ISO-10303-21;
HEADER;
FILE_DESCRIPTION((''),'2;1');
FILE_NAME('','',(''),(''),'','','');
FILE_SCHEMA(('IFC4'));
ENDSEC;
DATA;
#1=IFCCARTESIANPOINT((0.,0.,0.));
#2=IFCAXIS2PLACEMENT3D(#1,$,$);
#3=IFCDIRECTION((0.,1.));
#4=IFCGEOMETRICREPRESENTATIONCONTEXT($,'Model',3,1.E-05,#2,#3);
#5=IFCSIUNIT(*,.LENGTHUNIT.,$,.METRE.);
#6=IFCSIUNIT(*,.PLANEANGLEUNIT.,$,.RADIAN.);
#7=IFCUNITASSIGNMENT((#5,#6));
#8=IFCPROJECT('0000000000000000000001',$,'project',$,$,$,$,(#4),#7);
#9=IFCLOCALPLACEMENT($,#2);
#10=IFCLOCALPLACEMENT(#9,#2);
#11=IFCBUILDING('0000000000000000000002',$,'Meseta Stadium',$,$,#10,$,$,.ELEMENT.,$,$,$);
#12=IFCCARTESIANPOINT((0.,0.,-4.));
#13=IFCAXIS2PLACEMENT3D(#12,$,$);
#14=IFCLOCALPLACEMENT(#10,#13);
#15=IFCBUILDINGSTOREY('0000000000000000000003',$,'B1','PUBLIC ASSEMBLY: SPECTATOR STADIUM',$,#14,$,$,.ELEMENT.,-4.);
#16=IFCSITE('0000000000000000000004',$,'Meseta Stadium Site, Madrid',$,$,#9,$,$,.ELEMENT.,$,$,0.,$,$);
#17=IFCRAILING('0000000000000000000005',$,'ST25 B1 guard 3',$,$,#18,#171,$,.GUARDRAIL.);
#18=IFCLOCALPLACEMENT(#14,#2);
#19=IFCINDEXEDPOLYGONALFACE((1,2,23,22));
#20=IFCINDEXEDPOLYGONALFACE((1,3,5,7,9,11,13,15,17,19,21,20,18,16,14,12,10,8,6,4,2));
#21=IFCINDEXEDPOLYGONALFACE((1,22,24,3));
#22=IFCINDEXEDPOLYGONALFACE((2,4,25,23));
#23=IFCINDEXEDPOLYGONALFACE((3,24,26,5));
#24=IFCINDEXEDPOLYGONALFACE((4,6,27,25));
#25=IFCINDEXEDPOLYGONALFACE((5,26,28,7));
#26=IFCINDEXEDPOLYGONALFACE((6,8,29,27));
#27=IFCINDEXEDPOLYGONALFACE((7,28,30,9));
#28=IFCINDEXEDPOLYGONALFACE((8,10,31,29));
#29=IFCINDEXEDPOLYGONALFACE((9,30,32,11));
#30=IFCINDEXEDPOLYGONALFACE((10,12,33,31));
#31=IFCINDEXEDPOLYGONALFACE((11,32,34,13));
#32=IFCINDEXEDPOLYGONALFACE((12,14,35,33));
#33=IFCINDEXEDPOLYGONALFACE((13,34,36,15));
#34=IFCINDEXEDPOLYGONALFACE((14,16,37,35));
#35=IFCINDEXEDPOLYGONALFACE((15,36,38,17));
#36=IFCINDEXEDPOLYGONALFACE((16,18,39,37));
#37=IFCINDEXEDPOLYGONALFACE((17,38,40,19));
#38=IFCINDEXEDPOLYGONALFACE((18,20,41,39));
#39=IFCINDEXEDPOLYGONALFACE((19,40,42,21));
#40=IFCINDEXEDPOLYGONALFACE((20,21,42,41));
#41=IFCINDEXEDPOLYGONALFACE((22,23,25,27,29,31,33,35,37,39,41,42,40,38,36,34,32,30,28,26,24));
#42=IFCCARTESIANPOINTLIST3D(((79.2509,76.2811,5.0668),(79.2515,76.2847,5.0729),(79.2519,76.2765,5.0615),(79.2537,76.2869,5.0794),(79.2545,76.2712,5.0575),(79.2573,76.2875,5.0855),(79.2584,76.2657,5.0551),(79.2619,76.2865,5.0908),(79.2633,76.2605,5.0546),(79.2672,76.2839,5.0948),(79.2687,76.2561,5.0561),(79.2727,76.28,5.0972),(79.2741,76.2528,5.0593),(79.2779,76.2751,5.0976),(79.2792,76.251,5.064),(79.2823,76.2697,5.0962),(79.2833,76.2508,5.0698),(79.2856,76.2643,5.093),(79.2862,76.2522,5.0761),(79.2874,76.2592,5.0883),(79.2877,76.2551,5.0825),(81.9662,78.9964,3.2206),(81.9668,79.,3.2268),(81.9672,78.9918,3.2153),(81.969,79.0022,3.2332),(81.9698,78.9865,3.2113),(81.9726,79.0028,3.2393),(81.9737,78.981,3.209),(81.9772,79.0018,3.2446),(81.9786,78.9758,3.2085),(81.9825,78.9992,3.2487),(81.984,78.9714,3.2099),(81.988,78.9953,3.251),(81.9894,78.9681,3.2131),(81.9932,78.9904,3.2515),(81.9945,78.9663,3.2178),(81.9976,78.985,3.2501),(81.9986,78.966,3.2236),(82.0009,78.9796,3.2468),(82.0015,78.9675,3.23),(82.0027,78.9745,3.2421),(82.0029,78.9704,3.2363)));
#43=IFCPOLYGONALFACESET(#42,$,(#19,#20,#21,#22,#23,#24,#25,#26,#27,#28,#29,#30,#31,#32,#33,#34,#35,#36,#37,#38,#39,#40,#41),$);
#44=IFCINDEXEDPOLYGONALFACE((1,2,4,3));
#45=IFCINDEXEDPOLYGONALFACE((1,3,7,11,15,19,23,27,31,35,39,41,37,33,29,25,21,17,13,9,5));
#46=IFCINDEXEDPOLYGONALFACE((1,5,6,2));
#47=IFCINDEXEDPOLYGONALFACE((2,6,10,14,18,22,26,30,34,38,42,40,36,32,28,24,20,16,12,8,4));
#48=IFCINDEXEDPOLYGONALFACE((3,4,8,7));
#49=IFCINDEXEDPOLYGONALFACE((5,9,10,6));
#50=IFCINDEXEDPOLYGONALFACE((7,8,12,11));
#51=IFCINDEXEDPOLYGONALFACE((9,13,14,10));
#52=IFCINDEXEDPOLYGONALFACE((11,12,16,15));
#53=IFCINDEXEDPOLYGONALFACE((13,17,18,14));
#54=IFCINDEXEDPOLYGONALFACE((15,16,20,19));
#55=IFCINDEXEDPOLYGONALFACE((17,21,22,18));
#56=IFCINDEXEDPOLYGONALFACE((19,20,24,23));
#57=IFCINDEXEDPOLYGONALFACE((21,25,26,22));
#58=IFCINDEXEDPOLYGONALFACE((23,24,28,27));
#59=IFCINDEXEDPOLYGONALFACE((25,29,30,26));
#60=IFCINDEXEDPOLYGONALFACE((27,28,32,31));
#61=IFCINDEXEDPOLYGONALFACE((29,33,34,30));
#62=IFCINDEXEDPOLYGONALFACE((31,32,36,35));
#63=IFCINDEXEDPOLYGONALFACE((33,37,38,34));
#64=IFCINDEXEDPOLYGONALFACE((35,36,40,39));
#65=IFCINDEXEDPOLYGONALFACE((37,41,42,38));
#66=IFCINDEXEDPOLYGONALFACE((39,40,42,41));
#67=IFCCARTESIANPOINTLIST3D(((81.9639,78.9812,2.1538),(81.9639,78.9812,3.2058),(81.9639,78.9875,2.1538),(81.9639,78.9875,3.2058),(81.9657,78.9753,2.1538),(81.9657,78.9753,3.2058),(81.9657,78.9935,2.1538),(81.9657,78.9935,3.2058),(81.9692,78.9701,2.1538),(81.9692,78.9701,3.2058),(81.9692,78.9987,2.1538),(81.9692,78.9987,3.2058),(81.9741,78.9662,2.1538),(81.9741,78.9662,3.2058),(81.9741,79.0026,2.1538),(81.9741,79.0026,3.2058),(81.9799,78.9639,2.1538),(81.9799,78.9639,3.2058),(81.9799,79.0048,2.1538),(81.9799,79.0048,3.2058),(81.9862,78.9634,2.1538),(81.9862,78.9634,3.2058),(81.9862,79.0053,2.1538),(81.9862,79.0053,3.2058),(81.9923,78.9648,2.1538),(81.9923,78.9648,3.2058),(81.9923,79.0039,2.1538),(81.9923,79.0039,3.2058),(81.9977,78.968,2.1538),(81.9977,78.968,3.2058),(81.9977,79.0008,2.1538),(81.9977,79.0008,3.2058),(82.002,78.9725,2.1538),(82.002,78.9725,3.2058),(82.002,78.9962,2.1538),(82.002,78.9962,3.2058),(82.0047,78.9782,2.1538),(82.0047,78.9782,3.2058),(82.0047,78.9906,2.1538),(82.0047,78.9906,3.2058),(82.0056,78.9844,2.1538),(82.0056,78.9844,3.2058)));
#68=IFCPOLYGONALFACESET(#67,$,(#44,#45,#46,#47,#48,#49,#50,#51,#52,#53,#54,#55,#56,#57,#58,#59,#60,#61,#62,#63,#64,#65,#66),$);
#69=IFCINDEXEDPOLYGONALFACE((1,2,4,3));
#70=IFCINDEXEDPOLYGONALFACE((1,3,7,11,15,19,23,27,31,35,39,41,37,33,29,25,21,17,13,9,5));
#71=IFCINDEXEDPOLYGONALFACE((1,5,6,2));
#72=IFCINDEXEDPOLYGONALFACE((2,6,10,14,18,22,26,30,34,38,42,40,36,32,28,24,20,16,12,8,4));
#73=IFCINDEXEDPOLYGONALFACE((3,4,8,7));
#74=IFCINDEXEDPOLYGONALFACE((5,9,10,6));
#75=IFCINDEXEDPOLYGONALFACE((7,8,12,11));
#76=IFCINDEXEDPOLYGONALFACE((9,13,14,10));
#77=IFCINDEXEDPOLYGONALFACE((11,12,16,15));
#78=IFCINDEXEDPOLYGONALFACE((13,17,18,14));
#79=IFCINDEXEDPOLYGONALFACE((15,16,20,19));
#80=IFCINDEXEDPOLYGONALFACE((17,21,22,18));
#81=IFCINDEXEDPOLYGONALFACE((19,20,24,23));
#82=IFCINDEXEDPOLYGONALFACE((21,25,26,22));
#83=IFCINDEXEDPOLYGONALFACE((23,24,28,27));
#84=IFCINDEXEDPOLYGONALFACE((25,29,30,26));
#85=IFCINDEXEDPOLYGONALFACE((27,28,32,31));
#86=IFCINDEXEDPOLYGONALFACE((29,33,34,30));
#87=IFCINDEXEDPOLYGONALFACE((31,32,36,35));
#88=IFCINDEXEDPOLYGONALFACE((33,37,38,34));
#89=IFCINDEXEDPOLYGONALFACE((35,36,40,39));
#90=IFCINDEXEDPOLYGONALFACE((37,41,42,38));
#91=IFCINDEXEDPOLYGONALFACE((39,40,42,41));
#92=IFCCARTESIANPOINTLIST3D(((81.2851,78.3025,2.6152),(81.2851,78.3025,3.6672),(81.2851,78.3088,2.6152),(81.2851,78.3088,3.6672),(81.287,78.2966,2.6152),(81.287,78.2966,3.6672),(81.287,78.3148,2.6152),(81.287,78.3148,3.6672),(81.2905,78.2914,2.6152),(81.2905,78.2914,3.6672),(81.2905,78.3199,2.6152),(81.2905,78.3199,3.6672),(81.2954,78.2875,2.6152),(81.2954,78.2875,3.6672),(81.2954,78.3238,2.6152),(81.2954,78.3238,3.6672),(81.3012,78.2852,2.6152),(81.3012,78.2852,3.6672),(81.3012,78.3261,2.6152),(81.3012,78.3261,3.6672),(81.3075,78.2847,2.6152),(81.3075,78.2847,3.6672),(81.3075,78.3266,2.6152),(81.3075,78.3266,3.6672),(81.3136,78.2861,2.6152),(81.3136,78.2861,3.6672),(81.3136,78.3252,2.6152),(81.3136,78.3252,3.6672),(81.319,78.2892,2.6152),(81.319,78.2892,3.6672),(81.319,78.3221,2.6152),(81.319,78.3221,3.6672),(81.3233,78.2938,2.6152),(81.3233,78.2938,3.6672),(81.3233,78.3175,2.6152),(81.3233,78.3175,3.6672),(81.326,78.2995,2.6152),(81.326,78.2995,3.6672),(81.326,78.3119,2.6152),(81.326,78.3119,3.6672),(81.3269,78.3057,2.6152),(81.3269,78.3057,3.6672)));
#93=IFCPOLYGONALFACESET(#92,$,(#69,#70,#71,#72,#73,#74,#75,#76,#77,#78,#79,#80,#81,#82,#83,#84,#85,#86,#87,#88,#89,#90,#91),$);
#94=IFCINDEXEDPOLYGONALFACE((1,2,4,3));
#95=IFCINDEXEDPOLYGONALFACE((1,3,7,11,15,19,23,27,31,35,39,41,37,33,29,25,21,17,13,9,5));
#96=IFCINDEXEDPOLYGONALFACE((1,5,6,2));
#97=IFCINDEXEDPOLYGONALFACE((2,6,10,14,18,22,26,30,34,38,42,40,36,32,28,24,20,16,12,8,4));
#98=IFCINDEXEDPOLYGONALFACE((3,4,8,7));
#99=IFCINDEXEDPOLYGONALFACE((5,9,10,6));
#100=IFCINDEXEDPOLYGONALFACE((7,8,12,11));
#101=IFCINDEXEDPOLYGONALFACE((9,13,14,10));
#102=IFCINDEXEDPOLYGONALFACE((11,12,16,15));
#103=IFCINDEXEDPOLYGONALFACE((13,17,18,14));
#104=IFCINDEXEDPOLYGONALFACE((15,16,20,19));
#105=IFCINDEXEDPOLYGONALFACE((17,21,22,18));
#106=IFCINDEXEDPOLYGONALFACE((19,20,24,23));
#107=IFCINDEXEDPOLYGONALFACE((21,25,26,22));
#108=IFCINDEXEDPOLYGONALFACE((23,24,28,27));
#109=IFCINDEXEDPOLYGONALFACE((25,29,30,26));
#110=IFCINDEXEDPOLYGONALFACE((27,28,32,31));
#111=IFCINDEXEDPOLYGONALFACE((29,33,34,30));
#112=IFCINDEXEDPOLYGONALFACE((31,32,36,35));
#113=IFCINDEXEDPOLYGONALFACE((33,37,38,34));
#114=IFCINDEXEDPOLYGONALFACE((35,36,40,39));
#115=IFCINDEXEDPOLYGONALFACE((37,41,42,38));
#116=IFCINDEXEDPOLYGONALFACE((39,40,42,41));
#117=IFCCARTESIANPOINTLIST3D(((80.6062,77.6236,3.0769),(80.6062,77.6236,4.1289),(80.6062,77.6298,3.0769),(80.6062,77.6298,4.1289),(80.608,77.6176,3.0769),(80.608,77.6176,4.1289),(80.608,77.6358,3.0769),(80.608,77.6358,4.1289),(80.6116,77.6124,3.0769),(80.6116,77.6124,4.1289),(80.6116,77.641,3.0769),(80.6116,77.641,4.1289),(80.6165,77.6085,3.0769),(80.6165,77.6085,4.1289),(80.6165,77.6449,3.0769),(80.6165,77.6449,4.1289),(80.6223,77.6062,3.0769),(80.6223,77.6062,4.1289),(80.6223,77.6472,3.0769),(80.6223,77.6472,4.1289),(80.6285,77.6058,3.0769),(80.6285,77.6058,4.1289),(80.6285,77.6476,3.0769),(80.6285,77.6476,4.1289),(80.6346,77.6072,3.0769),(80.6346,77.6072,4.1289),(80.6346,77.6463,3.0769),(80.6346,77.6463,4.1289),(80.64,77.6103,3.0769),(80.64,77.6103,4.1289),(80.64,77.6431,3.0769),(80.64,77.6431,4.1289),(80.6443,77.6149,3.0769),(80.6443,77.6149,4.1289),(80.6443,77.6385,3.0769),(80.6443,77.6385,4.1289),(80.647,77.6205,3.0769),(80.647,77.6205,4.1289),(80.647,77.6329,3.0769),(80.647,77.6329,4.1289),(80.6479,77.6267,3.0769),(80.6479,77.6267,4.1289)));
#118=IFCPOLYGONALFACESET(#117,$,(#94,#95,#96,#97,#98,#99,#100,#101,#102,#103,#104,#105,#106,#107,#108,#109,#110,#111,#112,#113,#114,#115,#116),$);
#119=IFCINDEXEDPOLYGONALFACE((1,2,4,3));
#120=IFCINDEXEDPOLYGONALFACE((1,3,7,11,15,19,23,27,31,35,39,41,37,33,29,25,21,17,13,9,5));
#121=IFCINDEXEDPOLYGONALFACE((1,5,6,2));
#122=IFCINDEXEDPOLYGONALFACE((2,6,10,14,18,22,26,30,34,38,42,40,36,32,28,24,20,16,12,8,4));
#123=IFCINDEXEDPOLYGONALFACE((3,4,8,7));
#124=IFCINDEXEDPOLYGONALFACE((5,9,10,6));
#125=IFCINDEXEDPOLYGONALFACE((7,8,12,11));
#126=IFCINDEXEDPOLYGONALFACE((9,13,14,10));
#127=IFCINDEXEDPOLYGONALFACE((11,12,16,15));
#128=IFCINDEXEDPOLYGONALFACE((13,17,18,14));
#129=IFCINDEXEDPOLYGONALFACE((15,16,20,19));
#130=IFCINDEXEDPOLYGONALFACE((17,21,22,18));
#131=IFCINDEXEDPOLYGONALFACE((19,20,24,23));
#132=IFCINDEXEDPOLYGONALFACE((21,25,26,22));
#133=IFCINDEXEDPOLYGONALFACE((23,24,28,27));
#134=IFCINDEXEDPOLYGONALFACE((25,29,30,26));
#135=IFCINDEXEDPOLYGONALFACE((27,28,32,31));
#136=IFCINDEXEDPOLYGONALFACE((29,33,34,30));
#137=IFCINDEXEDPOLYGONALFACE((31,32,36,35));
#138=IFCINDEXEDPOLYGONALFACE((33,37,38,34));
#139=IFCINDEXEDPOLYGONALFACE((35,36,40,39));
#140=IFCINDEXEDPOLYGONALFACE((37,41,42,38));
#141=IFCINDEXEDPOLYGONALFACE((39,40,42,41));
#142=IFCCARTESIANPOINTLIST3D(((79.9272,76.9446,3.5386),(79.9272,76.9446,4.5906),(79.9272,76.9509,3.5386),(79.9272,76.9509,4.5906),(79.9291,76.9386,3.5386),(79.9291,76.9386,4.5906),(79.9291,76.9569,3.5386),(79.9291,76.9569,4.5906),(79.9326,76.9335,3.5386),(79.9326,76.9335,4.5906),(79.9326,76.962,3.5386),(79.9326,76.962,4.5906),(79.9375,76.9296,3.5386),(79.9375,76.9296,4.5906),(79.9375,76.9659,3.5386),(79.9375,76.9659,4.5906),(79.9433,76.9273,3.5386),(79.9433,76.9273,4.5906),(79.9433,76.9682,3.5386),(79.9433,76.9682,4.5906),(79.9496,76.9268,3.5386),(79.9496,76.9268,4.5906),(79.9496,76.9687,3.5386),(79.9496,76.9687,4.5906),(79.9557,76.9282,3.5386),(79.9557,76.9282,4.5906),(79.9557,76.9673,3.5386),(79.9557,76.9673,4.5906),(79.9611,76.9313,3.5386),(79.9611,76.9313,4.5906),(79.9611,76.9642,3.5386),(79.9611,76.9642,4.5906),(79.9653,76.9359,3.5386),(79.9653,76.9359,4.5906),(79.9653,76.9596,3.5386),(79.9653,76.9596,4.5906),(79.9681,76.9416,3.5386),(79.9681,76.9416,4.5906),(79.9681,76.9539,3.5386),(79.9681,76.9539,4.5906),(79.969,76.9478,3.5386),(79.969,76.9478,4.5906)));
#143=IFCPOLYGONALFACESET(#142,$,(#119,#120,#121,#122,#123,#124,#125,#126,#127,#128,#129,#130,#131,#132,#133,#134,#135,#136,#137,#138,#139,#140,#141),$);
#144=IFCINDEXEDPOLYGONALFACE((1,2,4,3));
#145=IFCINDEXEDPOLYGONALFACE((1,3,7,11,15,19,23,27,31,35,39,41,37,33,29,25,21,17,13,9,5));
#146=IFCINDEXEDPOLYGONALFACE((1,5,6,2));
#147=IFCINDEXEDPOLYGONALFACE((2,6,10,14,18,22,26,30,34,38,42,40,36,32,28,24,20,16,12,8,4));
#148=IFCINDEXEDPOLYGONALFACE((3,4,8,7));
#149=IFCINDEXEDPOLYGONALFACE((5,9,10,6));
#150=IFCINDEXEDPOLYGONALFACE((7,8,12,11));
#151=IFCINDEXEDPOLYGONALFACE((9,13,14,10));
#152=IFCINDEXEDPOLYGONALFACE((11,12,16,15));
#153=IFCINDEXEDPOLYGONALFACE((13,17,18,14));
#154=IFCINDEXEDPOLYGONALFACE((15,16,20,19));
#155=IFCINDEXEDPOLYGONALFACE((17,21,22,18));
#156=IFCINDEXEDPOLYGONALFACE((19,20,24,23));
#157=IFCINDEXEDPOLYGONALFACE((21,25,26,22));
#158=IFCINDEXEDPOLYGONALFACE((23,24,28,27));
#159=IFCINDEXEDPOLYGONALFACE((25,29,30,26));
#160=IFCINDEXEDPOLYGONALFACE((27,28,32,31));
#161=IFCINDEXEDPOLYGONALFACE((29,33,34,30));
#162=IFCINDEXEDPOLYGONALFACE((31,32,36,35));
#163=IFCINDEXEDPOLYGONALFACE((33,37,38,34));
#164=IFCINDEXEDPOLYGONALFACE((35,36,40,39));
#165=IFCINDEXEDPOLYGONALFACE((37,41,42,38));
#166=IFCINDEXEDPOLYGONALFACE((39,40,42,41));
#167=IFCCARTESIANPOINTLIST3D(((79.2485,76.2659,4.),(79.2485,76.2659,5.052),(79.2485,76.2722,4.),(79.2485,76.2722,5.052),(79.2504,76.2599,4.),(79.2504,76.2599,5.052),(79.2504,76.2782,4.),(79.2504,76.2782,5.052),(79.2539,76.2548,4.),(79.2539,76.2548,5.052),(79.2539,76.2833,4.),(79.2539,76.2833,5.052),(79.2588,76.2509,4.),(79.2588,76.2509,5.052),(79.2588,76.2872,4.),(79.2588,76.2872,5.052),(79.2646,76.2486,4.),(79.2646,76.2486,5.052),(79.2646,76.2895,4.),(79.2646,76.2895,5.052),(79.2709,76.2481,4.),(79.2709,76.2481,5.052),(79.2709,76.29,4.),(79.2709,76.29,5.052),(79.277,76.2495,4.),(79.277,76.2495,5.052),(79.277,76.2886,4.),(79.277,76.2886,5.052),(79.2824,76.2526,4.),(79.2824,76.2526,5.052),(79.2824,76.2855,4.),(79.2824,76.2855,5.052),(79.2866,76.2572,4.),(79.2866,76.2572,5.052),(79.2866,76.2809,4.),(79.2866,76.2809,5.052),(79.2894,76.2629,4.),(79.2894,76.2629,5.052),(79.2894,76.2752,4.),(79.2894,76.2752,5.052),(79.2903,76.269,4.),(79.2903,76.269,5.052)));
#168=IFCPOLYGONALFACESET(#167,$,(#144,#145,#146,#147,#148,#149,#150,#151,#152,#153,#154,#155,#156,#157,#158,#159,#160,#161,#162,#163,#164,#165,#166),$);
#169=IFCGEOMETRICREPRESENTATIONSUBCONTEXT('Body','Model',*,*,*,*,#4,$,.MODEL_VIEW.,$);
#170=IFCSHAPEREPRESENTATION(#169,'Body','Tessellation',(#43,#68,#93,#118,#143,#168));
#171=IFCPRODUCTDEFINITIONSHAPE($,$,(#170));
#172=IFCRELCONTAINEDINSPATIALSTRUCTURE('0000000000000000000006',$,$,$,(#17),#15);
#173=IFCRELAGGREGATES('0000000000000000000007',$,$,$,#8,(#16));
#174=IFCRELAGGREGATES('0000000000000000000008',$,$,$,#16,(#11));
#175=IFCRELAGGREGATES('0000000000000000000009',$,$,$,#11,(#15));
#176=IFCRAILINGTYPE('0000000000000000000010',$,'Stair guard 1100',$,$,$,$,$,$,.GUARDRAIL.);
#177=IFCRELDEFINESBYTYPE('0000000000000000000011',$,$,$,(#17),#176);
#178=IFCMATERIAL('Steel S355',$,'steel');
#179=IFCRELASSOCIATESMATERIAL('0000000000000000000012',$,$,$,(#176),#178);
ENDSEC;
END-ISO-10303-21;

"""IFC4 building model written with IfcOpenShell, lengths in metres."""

from ifc_helpers import new_model, si_unit, direction, frame, origin, origin_2d, place, context, subcontext, project, spatial, circle, extrude, material, type_object, element, save


model = new_model("IFC4")

# Units and contexts
model_context = context("Model", 3, precision=1e-05, world=origin(), true_north=direction((0.0, 1.0)))
body_context = subcontext(model_context, "Body", "Model", "MODEL_VIEW")
ifc_project = project(units=[si_unit("LENGTHUNIT", "METRE"), si_unit("PLANEANGLEUNIT", "RADIAN")], contexts=[model_context])

# Site, building, storey
site_placement = place(None, origin())
site = spatial("IfcSite", under=ifc_project, at=site_placement, Name="Meseta Stadium Site, Madrid", CompositionType="ELEMENT", RefElevation=0.0)
building_placement = place(site_placement, origin())
building = spatial("IfcBuilding", under=site, at=building_placement, Name="Meseta Stadium", CompositionType="ELEMENT")
storey_placement = place(building_placement, frame((0.0, 0.0, -4.0)))
storey = spatial("IfcBuildingStorey", under=building, at=storey_placement, Name="B1", Description="PUBLIC ASSEMBLY: SPECTATOR STADIUM", CompositionType="ELEMENT", Elevation=-4.0)

# Railing
ifc_material_1 = material(Name="Steel S355", Category="steel")
railing_type_1 = type_object("IfcRailingType", Name="Stair guard 1100", PredefinedType="GUARDRAIL", material=ifc_material_1)
railing_1_placement = place(storey_placement, frame((81.9846, 78.9844, 2.1538)))
element("IfcRailing", 1, at=railing_1_placement, inside=storey, type_object=railing_type_1, Name="ST25 B1 guard 3", PredefinedType="GUARDRAIL", context=body_context, shape_type="SweptSolid", body=[
    extrude(circle(Radius=0.0239, at=origin_2d()), frame((0.0, 0.0, 1.0762), z_axis=(-0.637281, -0.637281, 0.433296), x_axis=(0.707107, -0.707107, 0.0)), (0.0, 0.0, 1.0), 4.2607),
    extrude(circle(Radius=0.021, at=origin_2d()), origin(), (0.0, 0.0, 1.0), 1.052),
    extrude(circle(Radius=0.021, at=origin_2d()), frame((-0.6787, -0.6787, 0.4614)), (0.0, 0.0, 1.0), 1.052),
    extrude(circle(Radius=0.021, at=origin_2d()), frame((-1.3577, -1.3577, 0.9231)), (0.0, 0.0, 1.0), 1.052),
    extrude(circle(Radius=0.021, at=origin_2d()), frame((-2.0366, -2.0366, 1.3848)), (0.0, 0.0, 1.0), 1.052),
    extrude(circle(Radius=0.021, at=origin_2d()), frame((-2.7153, -2.7153, 1.8462)), (0.0, 0.0, 1.0), 1.052),
])

save(model, "model.ifc")
